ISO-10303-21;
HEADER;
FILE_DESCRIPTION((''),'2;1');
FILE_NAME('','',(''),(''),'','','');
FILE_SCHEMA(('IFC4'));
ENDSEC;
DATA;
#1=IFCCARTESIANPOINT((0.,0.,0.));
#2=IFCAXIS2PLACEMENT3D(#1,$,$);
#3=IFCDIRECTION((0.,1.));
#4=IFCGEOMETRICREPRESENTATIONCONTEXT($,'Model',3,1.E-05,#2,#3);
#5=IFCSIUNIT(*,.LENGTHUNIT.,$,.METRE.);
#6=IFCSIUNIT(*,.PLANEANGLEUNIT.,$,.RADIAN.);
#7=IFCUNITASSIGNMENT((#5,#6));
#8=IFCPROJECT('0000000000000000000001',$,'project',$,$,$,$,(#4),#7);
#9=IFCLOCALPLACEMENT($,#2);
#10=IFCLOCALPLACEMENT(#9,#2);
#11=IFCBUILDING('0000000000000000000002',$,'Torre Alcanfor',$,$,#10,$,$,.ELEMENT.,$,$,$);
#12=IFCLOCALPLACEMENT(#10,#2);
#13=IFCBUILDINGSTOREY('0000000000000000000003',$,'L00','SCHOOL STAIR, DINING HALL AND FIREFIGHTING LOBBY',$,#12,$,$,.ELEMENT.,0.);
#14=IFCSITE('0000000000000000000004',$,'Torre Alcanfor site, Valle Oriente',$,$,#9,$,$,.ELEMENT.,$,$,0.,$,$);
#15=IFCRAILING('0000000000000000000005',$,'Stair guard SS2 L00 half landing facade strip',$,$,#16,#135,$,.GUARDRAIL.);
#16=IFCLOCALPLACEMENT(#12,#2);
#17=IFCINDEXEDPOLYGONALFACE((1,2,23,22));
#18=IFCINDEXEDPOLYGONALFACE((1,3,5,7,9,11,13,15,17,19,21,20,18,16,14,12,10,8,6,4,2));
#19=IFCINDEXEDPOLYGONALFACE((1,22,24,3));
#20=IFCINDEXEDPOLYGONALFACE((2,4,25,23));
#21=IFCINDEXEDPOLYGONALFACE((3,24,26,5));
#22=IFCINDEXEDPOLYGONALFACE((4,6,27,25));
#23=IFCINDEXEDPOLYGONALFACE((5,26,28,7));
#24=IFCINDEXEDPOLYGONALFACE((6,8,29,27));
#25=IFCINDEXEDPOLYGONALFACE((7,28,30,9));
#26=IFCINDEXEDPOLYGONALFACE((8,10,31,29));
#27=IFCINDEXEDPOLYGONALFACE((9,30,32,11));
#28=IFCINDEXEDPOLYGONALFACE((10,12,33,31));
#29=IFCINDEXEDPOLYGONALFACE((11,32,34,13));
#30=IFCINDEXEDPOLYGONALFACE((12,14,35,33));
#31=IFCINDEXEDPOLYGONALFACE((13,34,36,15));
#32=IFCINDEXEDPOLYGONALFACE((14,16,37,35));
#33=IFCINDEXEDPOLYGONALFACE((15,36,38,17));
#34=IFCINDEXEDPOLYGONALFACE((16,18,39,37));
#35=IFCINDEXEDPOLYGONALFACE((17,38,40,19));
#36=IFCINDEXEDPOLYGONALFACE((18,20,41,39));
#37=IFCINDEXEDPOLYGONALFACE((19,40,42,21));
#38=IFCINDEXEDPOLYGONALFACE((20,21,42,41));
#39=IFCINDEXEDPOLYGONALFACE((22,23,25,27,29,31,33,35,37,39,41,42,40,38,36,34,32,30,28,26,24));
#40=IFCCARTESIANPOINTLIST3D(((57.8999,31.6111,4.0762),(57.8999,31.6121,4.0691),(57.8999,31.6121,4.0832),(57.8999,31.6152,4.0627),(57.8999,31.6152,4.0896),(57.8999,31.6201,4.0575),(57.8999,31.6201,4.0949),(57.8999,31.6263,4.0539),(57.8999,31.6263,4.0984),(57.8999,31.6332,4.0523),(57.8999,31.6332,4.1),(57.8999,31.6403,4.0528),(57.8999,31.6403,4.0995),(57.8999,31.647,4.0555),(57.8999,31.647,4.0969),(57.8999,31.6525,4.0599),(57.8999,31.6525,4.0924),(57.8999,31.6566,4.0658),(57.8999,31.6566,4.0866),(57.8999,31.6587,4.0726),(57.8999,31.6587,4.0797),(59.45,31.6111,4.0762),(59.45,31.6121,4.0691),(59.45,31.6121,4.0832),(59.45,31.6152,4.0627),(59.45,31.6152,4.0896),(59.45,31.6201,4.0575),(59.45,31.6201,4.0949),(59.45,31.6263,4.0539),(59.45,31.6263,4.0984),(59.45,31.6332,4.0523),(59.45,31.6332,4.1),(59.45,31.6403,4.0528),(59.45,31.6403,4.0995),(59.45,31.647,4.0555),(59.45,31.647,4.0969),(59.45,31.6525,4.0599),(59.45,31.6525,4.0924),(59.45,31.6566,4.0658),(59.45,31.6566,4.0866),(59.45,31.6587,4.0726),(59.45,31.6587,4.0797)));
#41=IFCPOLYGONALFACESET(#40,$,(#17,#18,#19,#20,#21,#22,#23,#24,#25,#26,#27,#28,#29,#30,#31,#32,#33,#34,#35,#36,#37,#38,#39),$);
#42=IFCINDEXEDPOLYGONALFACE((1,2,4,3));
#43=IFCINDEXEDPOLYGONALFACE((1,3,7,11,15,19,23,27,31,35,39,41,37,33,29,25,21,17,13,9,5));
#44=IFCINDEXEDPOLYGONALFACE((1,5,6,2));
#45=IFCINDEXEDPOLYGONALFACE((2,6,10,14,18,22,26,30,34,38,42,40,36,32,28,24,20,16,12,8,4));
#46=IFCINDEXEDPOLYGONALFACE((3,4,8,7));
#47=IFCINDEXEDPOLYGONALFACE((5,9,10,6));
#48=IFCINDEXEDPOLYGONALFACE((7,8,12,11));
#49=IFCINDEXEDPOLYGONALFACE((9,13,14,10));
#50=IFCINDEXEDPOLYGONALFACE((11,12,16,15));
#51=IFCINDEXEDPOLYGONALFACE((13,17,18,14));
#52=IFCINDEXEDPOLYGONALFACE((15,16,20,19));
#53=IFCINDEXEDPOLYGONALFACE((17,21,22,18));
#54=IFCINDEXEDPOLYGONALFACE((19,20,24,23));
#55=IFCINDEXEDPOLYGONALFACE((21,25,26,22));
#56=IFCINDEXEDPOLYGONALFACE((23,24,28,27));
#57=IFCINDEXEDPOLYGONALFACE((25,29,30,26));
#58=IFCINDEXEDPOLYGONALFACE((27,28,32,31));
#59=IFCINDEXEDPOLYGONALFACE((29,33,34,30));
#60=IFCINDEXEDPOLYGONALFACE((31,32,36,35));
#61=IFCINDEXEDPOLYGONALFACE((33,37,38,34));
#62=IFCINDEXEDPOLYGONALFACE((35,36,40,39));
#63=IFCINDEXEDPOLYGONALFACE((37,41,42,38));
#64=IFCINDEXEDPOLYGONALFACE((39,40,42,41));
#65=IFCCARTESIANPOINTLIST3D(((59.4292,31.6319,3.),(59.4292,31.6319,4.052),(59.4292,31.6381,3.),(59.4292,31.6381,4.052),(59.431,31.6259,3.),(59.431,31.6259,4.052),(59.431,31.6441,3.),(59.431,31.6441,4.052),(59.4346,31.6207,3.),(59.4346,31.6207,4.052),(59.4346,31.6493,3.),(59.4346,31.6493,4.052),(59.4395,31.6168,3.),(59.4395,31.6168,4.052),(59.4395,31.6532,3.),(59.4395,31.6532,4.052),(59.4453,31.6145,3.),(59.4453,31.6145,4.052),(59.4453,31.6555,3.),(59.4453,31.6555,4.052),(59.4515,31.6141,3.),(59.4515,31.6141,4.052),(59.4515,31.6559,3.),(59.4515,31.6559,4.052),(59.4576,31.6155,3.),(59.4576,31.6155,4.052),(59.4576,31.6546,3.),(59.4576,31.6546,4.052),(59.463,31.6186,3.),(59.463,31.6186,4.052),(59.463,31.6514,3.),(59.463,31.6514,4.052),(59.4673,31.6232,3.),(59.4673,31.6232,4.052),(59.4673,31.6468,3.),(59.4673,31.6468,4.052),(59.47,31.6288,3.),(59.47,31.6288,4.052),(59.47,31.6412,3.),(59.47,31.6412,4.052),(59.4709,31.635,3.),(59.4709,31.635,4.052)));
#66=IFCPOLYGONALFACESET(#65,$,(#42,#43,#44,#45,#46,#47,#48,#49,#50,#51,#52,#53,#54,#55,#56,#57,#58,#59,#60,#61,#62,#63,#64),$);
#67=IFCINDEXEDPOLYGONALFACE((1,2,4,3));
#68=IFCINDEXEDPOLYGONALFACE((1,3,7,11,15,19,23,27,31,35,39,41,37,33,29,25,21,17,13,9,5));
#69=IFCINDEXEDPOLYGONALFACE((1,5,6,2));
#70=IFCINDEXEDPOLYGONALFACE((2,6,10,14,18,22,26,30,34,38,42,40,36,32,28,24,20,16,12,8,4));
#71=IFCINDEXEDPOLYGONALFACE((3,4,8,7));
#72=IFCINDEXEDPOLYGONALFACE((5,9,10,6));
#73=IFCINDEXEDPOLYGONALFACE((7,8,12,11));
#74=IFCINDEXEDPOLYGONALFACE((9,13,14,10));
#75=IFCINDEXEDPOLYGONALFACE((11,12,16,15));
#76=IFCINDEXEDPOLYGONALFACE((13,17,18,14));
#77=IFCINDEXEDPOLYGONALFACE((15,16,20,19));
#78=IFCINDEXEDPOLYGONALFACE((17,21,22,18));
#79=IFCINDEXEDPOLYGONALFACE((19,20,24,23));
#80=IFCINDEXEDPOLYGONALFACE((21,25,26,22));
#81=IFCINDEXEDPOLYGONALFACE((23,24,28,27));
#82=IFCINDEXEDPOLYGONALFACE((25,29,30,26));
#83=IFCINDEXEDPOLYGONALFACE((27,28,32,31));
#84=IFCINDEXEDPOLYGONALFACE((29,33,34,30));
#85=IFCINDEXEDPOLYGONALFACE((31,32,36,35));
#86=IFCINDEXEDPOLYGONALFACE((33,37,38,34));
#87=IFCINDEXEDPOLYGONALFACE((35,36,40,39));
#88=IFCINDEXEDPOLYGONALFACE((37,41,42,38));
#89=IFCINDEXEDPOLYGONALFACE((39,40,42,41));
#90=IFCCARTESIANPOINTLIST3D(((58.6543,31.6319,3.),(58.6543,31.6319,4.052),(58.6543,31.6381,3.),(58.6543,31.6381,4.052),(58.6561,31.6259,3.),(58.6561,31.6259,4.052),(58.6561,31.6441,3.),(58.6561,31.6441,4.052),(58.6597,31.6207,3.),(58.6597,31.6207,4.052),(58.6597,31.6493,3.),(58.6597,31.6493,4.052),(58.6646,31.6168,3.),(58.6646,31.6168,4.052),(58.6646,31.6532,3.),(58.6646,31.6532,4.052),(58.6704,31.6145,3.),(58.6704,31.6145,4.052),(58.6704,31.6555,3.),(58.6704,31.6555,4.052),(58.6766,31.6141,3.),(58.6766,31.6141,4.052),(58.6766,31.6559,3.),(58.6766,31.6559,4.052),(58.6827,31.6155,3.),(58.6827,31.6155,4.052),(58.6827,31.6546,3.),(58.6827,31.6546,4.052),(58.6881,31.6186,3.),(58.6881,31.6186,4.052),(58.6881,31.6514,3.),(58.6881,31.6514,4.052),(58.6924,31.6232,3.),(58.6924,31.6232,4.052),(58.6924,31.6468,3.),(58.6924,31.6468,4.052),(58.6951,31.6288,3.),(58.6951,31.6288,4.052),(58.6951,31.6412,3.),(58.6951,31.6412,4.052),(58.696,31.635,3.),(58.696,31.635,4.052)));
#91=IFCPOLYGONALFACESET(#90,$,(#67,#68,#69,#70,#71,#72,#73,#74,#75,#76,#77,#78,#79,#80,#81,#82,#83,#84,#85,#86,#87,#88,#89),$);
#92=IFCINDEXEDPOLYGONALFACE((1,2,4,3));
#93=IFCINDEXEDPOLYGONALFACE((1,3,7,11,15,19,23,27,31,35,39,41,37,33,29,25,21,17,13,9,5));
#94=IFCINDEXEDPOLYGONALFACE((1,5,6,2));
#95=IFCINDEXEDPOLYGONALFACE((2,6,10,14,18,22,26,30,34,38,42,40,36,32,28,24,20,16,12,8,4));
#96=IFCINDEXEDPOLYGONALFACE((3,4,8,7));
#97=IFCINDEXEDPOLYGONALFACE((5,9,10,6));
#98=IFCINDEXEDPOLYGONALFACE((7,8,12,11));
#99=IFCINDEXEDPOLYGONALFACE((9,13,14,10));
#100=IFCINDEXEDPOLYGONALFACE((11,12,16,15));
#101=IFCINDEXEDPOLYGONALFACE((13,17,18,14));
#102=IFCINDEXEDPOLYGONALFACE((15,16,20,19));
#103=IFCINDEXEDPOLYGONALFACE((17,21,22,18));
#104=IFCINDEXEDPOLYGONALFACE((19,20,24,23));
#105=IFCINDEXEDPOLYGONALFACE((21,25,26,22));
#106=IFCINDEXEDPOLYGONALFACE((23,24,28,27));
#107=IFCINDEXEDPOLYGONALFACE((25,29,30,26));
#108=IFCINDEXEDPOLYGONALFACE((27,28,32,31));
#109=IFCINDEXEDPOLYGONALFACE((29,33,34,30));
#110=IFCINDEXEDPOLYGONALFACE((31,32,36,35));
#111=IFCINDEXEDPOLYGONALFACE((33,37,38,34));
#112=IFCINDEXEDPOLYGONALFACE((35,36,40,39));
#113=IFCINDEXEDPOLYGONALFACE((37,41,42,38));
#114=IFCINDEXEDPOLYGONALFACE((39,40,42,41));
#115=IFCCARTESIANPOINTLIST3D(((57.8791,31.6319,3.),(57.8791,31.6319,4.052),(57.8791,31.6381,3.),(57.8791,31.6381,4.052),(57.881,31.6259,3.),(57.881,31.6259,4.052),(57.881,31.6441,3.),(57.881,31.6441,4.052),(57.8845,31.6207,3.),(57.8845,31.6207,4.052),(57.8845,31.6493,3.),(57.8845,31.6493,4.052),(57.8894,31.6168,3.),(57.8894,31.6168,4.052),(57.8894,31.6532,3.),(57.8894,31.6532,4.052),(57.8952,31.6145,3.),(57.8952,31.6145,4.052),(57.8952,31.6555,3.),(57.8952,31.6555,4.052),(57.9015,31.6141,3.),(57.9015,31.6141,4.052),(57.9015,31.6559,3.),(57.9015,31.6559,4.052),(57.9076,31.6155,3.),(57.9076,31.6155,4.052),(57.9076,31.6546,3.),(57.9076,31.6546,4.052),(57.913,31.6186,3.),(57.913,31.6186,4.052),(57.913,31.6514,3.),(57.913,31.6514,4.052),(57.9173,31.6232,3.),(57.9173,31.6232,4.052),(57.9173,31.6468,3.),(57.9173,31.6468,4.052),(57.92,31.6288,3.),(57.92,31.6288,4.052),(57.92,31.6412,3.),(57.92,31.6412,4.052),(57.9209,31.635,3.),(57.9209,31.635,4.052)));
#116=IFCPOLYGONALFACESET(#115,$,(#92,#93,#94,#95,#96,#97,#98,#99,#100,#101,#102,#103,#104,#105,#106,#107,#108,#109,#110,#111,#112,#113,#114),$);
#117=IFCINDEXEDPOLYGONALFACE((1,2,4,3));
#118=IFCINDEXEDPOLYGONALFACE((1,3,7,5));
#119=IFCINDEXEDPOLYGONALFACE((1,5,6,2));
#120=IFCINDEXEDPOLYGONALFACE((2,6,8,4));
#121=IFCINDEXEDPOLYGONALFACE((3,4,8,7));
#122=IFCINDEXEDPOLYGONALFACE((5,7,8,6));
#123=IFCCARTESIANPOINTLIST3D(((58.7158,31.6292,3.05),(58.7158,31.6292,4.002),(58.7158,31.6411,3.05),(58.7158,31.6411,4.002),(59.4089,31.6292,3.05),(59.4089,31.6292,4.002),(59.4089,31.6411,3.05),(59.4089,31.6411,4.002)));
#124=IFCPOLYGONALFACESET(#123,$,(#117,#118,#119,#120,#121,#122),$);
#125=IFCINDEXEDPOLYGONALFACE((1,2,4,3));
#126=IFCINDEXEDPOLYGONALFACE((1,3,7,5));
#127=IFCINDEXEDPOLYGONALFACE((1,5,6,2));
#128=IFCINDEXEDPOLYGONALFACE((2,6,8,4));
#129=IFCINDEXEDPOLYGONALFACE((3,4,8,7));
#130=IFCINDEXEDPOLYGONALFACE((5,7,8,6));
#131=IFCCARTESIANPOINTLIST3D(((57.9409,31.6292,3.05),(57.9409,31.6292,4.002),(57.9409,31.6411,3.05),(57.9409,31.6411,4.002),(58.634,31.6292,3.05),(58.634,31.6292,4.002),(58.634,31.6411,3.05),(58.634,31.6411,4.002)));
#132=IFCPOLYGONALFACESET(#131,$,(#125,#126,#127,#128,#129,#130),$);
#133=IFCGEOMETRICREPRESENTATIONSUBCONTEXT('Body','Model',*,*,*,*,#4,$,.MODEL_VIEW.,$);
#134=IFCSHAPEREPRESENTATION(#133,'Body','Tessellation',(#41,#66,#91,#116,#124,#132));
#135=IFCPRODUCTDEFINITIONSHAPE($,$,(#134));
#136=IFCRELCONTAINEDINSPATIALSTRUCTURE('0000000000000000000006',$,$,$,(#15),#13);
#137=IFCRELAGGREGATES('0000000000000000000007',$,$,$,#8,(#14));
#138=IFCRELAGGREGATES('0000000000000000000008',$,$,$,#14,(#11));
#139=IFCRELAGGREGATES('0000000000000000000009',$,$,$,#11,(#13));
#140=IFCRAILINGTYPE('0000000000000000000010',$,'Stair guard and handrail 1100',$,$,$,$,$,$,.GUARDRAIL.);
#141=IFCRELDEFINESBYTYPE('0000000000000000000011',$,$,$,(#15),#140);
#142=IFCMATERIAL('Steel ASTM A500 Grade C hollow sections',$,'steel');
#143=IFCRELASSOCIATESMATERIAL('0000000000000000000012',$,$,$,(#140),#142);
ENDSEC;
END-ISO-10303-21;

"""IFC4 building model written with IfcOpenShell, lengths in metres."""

from ifc_helpers import new_model, si_unit, direction, frame, origin, origin_2d, place, context, subcontext, project, spatial, polyline, circle, outline, extrude, material, type_object, element, save


model = new_model("IFC4")

# Units and contexts
model_context = context("Model", 3, precision=1e-05, world=origin(), true_north=direction((0.0, 1.0)))
body_context = subcontext(model_context, "Body", "Model", "MODEL_VIEW")
ifc_project = project(units=[si_unit("LENGTHUNIT", "METRE"), si_unit("PLANEANGLEUNIT", "RADIAN")], contexts=[model_context])

# Site, building, storey
site_placement = place(None, origin())
site = spatial("IfcSite", under=ifc_project, at=site_placement, Name="Torre Alcanfor site, Valle Oriente", CompositionType="ELEMENT", RefElevation=0.0)
building_placement = place(site_placement, origin())
building = spatial("IfcBuilding", under=site, at=building_placement, Name="Torre Alcanfor", CompositionType="ELEMENT")
storey_placement = place(building_placement, origin())
storey = spatial("IfcBuildingStorey", under=building, at=storey_placement, Name="L00", Description="SCHOOL STAIR, DINING HALL AND FIREFIGHTING LOBBY", CompositionType="ELEMENT", Elevation=0.0)

# Railing
ifc_material_1 = material(Name="Steel ASTM A500 Grade C hollow sections", Category="steel")
railing_type_1 = type_object("IfcRailingType", Name="Stair guard and handrail 1100", PredefinedType="GUARDRAIL", material=ifc_material_1)
railing_1_placement = place(storey_placement, frame((59.45, 31.635, 3.0)))
element("IfcRailing", 1, at=railing_1_placement, inside=storey, type_object=railing_type_1, Name="Stair guard SS2 L00 half landing facade strip", PredefinedType="GUARDRAIL", context=body_context, shape_type="SweptSolid", body=[
    extrude(circle(Radius=0.0239, at=origin_2d()), frame((0.0, 0.0, 1.0762), z_axis=(-1.0, 0.0, 0.0), x_axis=(0.0, -1.0, 0.0)), (0.0, 0.0, 1.0), 1.55),
    extrude(circle(Radius=0.021, at=origin_2d()), origin(), (0.0, 0.0, 1.0), 1.052),
    extrude(circle(Radius=0.021, at=origin_2d()), frame((-0.7749, 0.0, 0.0)), (0.0, 0.0, 1.0), 1.052),
    extrude(circle(Radius=0.021, at=origin_2d()), frame((-1.55, 0.0, 0.0)), (0.0, 0.0, 1.0), 1.052),
    extrude(outline(polyline([(0.041, 0.05), (0.7341, 0.05), (0.7341, 1.002), (0.041, 1.002), (0.041, 0.05)])), frame((0.0, -0.0059, 0.0), z_axis=(0.0, 1.0, 0.0), x_axis=(-1.0, 0.0, 0.0)), (0.0, 0.0, 1.0), 0.012),
    extrude(outline(polyline([(0.8159, 0.05), (1.509, 0.05), (1.509, 1.002), (0.8159, 1.002), (0.8159, 0.05)])), frame((0.0, -0.0059, 0.0), z_axis=(0.0, 1.0, 0.0), x_axis=(-1.0, 0.0, 0.0)), (0.0, 0.0, 1.0), 0.012),
])

save(model, "model.ifc")
